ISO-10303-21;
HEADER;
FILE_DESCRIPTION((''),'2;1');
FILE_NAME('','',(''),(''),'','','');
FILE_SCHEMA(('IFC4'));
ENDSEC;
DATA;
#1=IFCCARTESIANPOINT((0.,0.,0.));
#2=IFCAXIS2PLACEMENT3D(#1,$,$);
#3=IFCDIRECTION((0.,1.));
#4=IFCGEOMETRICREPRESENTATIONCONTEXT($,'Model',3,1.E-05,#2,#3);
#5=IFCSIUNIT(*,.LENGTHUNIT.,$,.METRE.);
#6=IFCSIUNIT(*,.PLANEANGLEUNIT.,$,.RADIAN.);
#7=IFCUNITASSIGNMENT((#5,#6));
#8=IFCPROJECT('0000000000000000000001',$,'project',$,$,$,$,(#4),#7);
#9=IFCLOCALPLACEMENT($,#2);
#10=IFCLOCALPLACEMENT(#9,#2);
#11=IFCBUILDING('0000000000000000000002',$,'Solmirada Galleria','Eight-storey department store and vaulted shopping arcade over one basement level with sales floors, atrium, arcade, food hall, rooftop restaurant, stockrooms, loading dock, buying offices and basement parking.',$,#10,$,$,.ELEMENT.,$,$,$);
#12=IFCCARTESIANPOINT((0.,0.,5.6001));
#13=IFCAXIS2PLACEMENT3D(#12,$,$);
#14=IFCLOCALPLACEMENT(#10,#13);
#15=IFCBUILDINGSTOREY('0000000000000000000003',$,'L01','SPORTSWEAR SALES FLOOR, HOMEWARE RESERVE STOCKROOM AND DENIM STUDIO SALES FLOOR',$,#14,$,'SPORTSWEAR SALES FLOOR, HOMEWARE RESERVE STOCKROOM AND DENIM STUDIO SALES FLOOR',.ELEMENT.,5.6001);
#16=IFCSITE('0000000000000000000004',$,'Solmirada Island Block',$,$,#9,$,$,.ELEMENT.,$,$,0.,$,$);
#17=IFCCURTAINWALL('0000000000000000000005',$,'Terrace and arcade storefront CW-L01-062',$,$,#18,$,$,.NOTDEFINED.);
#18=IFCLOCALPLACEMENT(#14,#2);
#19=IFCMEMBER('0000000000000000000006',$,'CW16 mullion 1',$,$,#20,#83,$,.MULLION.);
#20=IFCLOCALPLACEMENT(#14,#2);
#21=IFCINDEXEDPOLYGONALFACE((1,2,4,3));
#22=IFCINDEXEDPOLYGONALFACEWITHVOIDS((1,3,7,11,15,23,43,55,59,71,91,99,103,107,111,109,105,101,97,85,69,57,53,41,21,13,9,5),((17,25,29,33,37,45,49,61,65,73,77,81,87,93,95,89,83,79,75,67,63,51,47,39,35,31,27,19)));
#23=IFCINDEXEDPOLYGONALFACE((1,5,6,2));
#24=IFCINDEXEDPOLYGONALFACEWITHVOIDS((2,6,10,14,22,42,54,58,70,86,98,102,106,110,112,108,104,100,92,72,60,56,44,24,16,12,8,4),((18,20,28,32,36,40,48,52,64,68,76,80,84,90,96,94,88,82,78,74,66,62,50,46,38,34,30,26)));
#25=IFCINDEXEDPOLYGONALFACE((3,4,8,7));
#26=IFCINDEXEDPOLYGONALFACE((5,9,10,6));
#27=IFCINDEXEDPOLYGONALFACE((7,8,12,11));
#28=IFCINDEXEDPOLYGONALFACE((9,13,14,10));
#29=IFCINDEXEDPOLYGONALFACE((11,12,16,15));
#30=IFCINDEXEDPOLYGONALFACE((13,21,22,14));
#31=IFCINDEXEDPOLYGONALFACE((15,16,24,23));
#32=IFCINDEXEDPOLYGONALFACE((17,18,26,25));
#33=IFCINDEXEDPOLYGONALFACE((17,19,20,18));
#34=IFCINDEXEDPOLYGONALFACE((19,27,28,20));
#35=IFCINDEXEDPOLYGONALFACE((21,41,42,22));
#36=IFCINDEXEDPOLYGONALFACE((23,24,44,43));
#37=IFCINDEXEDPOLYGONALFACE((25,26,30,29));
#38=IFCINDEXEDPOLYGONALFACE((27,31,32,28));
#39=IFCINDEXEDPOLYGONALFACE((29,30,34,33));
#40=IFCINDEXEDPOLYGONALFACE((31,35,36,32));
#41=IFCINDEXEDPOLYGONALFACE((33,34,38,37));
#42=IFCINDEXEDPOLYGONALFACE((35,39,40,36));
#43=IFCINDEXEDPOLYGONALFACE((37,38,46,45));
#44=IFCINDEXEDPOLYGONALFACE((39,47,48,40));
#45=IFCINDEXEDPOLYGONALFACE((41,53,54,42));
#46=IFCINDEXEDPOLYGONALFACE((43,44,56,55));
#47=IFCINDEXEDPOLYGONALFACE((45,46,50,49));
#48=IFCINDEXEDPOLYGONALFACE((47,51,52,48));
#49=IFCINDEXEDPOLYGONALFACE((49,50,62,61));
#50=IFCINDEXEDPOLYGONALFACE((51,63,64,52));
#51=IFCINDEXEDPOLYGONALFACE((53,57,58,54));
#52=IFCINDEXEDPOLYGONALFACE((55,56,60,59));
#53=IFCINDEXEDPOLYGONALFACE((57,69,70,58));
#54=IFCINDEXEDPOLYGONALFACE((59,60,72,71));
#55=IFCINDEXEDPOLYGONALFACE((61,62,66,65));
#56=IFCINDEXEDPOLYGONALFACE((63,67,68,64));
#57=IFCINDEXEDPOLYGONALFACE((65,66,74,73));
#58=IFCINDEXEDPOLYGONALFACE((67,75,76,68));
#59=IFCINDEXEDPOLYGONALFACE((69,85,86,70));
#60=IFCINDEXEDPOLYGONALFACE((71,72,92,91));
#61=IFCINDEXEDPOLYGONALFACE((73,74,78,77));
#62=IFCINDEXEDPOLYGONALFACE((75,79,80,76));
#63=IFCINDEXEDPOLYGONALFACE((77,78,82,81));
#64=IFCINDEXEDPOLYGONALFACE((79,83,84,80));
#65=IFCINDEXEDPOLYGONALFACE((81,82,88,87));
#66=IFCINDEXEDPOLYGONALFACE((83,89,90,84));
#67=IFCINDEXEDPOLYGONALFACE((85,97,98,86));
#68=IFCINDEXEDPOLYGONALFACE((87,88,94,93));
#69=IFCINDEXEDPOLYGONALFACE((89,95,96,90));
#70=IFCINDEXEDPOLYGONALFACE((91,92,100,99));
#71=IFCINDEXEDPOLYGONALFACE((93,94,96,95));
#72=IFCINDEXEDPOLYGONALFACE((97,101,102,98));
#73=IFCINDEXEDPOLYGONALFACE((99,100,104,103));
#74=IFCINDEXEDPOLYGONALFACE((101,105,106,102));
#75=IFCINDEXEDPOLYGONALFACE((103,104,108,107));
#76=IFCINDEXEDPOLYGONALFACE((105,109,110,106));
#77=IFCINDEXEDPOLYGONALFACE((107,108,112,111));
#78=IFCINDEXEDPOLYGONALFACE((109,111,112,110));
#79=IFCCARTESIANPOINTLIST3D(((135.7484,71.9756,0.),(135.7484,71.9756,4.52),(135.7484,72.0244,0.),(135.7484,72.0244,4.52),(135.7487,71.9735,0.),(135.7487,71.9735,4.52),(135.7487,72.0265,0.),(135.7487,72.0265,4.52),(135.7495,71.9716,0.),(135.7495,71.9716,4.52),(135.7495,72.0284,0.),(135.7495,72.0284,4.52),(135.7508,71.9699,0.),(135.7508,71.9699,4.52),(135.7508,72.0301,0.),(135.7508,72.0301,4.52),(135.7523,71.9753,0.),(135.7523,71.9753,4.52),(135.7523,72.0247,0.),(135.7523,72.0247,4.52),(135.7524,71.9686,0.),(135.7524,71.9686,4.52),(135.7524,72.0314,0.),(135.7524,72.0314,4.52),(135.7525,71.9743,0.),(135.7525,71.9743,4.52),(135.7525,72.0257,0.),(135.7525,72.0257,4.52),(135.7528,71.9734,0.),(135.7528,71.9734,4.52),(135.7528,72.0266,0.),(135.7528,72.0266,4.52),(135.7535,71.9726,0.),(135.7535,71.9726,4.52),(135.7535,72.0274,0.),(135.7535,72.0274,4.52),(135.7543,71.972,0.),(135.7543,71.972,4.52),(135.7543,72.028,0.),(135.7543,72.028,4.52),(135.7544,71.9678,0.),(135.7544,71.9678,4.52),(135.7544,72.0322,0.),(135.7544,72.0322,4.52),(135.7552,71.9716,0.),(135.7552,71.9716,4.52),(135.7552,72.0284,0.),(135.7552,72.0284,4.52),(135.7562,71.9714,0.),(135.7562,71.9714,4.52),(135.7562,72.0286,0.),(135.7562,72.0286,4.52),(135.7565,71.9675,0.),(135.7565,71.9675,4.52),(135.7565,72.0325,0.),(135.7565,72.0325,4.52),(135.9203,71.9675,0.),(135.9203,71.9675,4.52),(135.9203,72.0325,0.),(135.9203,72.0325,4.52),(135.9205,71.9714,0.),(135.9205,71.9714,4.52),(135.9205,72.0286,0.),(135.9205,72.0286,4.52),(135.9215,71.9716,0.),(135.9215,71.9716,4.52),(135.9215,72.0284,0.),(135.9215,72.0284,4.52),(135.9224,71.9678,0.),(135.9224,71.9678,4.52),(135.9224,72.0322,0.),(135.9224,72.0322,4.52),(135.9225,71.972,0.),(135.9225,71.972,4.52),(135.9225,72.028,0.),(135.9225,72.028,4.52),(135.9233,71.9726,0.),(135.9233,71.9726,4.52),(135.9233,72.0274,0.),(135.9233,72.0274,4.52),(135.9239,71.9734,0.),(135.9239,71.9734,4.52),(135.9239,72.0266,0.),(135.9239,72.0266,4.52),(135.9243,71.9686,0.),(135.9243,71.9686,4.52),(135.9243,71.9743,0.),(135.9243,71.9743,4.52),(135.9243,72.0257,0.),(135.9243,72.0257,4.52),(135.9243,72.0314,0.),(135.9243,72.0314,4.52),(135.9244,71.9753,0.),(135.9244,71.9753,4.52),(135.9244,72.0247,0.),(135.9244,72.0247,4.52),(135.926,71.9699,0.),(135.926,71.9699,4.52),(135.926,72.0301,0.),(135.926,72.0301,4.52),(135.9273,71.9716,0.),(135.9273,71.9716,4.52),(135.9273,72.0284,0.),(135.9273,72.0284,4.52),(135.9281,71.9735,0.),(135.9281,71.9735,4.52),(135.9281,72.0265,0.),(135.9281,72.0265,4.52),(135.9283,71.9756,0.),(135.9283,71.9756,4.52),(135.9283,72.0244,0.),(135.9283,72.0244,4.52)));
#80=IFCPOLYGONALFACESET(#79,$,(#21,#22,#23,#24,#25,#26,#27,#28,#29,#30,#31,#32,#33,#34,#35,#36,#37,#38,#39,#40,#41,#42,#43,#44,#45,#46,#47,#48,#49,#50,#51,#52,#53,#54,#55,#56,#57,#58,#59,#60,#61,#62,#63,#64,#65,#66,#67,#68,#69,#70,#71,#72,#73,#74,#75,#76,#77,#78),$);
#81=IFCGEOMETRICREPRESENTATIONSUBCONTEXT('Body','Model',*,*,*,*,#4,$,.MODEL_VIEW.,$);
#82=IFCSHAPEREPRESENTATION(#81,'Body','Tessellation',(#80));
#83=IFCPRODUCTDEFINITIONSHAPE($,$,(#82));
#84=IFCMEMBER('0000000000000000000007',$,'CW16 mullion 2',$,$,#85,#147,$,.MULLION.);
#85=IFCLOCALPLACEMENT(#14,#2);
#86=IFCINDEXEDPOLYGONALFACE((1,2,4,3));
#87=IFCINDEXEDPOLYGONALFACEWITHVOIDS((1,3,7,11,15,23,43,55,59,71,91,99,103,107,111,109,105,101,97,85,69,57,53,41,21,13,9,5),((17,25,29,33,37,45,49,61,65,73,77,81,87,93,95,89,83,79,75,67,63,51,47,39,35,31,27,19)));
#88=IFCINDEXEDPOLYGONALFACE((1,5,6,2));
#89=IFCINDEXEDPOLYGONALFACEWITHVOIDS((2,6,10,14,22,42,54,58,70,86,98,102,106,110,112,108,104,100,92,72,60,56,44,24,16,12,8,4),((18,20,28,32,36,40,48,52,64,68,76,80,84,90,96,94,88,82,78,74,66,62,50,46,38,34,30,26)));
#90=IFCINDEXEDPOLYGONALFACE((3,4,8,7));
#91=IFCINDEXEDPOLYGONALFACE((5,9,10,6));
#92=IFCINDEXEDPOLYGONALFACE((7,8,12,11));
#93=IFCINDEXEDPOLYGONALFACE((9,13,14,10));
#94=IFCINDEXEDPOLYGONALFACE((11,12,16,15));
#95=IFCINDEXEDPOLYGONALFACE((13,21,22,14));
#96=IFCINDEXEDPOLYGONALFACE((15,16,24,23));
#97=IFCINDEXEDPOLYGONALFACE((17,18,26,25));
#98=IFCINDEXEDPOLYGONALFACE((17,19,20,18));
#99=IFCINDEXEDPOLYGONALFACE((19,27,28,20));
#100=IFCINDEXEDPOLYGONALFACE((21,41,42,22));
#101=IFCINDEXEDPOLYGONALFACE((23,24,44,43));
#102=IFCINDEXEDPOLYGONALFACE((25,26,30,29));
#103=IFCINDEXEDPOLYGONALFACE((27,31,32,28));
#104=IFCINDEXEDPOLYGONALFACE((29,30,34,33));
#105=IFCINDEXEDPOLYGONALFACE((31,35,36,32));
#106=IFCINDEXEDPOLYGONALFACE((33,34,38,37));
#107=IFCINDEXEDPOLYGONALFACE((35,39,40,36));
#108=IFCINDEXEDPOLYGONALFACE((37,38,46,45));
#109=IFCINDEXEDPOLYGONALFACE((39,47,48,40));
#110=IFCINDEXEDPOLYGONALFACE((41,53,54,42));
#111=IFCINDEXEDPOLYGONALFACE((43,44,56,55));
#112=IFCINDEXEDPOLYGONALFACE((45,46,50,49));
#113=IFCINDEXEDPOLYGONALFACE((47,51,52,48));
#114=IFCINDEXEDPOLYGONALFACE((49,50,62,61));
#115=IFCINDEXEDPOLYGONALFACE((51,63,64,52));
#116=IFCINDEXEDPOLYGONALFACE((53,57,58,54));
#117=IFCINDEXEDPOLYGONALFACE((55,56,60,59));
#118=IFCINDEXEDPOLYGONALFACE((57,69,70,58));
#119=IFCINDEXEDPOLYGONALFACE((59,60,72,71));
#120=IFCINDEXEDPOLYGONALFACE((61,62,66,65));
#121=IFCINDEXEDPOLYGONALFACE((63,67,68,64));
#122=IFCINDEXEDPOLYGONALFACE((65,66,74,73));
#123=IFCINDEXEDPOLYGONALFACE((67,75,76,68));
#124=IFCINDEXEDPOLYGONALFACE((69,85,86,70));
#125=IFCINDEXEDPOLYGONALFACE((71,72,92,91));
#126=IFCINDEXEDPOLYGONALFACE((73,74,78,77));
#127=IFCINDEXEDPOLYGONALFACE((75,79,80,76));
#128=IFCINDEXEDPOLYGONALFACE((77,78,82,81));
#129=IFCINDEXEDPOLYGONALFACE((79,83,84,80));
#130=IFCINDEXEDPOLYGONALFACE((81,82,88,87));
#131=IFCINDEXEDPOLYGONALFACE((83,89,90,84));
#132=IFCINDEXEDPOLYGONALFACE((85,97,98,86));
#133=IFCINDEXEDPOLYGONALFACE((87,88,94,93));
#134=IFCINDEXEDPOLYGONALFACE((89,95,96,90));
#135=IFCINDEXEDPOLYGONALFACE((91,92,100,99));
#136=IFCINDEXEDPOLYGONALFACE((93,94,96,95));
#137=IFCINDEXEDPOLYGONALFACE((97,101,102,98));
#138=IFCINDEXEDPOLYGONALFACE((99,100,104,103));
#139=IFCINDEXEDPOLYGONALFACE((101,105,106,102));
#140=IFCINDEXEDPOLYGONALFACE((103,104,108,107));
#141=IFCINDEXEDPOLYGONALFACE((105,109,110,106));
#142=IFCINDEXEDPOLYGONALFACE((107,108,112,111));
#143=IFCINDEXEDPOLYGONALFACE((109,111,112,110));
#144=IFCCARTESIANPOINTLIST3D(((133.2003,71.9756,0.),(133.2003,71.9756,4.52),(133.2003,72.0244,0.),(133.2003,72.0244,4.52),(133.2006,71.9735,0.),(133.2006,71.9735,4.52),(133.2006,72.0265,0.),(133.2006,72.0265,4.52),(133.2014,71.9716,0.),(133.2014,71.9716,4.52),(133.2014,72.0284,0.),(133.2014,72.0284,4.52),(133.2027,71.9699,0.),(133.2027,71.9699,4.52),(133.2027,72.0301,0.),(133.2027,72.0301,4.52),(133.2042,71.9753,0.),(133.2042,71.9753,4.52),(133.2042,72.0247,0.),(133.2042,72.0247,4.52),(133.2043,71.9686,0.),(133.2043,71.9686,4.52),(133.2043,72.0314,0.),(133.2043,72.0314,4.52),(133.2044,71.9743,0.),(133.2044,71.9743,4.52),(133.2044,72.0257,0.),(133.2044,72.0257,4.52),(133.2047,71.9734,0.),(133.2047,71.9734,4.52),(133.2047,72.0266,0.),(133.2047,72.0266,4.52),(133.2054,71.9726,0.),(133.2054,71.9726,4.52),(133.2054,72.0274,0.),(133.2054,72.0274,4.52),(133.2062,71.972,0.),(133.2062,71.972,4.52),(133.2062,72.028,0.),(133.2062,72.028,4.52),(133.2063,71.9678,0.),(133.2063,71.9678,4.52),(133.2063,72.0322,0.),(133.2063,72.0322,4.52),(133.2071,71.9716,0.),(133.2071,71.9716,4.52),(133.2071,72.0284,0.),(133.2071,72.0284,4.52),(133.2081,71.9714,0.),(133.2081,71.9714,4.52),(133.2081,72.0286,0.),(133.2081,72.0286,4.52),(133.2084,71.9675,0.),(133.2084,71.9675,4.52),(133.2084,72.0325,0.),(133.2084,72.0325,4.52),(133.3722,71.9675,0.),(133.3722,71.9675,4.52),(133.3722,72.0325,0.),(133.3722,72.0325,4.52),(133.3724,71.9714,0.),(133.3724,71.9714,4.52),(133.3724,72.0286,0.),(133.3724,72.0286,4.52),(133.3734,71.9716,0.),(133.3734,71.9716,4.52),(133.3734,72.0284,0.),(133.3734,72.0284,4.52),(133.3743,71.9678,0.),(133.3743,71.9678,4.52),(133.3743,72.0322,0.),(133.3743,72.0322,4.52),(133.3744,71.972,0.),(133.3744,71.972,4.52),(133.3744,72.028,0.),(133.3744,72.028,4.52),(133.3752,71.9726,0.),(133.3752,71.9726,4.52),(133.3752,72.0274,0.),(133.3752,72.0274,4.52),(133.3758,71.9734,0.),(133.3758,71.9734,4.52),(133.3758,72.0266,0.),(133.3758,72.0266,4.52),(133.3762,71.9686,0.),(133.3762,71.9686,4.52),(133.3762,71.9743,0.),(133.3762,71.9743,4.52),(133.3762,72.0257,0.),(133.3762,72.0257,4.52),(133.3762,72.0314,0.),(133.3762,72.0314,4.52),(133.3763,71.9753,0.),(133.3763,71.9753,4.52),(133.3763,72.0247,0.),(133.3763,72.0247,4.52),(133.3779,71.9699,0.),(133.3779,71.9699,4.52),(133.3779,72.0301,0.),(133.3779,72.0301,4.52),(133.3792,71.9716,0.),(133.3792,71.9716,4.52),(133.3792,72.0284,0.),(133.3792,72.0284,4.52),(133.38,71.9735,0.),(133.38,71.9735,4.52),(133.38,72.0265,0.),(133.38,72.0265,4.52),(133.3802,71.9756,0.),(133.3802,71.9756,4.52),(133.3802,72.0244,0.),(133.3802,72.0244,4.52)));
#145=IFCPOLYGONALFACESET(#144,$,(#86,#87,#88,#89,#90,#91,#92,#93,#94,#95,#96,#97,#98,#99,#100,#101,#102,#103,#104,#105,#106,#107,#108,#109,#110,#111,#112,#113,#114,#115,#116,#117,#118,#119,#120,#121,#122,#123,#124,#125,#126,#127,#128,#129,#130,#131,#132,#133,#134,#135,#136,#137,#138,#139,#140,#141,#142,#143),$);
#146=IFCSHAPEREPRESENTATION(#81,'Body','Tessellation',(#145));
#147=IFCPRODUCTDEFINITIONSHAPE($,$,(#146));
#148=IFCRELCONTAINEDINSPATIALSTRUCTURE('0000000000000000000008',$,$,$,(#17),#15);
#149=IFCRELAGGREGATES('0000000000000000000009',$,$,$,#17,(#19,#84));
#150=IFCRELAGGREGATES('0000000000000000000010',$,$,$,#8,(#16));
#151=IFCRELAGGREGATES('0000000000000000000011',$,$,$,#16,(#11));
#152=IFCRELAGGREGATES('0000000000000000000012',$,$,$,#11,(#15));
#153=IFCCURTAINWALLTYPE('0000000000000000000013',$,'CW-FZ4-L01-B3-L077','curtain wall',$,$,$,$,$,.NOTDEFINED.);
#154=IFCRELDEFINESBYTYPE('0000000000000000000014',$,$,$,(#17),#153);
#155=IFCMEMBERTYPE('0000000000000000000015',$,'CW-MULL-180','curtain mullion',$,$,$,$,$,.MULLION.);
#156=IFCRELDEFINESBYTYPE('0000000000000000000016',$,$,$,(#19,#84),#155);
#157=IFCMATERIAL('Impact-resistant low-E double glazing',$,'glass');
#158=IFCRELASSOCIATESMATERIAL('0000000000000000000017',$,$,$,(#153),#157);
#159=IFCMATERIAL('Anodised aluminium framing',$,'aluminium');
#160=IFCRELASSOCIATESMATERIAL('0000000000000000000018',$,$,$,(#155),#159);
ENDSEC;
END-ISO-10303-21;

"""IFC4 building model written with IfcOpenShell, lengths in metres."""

from ifc_helpers import new_model, si_unit, direction, frame, origin, origin_2d, place, context, subcontext, project, spatial, hollow_rectangle, extrude, material, material_profile, profile_set, type_object, element, aggregate, save


model = new_model("IFC4")

# Units and contexts
model_context = context("Model", 3, precision=1e-05, world=origin(), true_north=direction((0.0, 1.0)))
body_context = subcontext(model_context, "Body", "Model", "MODEL_VIEW")
ifc_project = project(units=[si_unit("LENGTHUNIT", "METRE"), si_unit("PLANEANGLEUNIT", "RADIAN")], contexts=[model_context])

# Site, building, storey
site_placement = place(None, origin())
site = spatial("IfcSite", under=ifc_project, at=site_placement, Name="Solmirada Island Block", CompositionType="ELEMENT", RefElevation=0.0)
building_placement = place(site_placement, origin())
building = spatial("IfcBuilding", under=site, at=building_placement, Name="Solmirada Galleria", Description="Eight-storey department store and vaulted shopping arcade over one basement level with sales floors, atrium, arcade, food hall, rooftop restaurant, stockrooms, loading dock, buying offices and basement parking.", CompositionType="ELEMENT")
storey_placement = place(building_placement, frame((0.0, 0.0, 5.6001)))
storey = spatial("IfcBuildingStorey", under=building, at=storey_placement, Name="L01", Description="SPORTSWEAR SALES FLOOR, HOMEWARE RESERVE STOCKROOM AND DENIM STUDIO SALES FLOOR", LongName="SPORTSWEAR SALES FLOOR, HOMEWARE RESERVE STOCKROOM AND DENIM STUDIO SALES FLOOR", CompositionType="ELEMENT", Elevation=5.6001)

# Curtain wall, members
ifc_material_1 = material(Name="Impact-resistant low-E double glazing", Category="glass")
curtain_wall_type = type_object("IfcCurtainWallType", Name="CW-FZ4-L01-B3-L077", Description="curtain wall", PredefinedType="NOTDEFINED", material=ifc_material_1)
curtain_wall_placement = place(storey_placement, origin())
curtain_wall = element("IfcCurtainWall", 1, at=curtain_wall_placement, inside=storey, type_object=curtain_wall_type, Name="Terrace and arcade storefront CW-L01-062", PredefinedType="NOTDEFINED")
ifc_material_2 = material(Name="Anodised aluminium framing", Category="aluminium")
ifc_material_profile_1 = material_profile(ifc_material_2, hollow_rectangle(XDim=0.0649, YDim=0.1799, WallThickness=0.0039, InnerFilletRadius=0.0039, OuterFilletRadius=0.0081, at=origin_2d()), Name="ALU-MULL-180X65")
ifc_profile_set_1 = profile_set([ifc_material_profile_1], Name="Anodised aluminium framing")
member_type_1 = type_object("IfcMemberType", Name="CW-MULL-180", Description="curtain mullion", PredefinedType="MULLION", material=ifc_profile_set_1)
member_1_placement = place(storey_placement, frame((135.8384, 72.0, 0.0), z_axis=(0.0, 0.0, 1.0), x_axis=(0.0, -1.0, 0.0)))
member_1 = element("IfcMember", 2, at=member_1_placement, type_object=member_type_1, Name="CW16 mullion 1", PredefinedType="MULLION", context=body_context, shape_type="SweptSolid", body=[
    extrude(hollow_rectangle(XDim=0.0649, YDim=0.1799, WallThickness=0.0039, InnerFilletRadius=0.0039, OuterFilletRadius=0.0081, at=origin_2d()), origin(), (0.0, 0.0, 1.0), 4.52),
])
member_2_placement = place(storey_placement, frame((133.2903, 72.0, 0.0), z_axis=(0.0, 0.0, 1.0), x_axis=(0.0, -1.0, 0.0)))
member_2 = element("IfcMember", 3, at=member_2_placement, type_object=member_type_1, Name="CW16 mullion 2", PredefinedType="MULLION", context=body_context, shape_type="SweptSolid", body=[
    extrude(hollow_rectangle(XDim=0.0649, YDim=0.1799, WallThickness=0.0039, InnerFilletRadius=0.0039, OuterFilletRadius=0.0081, at=origin_2d()), origin(), (0.0, 0.0, 1.0), 4.52),
])
aggregate(curtain_wall, [member_1, member_2])

save(model, "model.ifc")
